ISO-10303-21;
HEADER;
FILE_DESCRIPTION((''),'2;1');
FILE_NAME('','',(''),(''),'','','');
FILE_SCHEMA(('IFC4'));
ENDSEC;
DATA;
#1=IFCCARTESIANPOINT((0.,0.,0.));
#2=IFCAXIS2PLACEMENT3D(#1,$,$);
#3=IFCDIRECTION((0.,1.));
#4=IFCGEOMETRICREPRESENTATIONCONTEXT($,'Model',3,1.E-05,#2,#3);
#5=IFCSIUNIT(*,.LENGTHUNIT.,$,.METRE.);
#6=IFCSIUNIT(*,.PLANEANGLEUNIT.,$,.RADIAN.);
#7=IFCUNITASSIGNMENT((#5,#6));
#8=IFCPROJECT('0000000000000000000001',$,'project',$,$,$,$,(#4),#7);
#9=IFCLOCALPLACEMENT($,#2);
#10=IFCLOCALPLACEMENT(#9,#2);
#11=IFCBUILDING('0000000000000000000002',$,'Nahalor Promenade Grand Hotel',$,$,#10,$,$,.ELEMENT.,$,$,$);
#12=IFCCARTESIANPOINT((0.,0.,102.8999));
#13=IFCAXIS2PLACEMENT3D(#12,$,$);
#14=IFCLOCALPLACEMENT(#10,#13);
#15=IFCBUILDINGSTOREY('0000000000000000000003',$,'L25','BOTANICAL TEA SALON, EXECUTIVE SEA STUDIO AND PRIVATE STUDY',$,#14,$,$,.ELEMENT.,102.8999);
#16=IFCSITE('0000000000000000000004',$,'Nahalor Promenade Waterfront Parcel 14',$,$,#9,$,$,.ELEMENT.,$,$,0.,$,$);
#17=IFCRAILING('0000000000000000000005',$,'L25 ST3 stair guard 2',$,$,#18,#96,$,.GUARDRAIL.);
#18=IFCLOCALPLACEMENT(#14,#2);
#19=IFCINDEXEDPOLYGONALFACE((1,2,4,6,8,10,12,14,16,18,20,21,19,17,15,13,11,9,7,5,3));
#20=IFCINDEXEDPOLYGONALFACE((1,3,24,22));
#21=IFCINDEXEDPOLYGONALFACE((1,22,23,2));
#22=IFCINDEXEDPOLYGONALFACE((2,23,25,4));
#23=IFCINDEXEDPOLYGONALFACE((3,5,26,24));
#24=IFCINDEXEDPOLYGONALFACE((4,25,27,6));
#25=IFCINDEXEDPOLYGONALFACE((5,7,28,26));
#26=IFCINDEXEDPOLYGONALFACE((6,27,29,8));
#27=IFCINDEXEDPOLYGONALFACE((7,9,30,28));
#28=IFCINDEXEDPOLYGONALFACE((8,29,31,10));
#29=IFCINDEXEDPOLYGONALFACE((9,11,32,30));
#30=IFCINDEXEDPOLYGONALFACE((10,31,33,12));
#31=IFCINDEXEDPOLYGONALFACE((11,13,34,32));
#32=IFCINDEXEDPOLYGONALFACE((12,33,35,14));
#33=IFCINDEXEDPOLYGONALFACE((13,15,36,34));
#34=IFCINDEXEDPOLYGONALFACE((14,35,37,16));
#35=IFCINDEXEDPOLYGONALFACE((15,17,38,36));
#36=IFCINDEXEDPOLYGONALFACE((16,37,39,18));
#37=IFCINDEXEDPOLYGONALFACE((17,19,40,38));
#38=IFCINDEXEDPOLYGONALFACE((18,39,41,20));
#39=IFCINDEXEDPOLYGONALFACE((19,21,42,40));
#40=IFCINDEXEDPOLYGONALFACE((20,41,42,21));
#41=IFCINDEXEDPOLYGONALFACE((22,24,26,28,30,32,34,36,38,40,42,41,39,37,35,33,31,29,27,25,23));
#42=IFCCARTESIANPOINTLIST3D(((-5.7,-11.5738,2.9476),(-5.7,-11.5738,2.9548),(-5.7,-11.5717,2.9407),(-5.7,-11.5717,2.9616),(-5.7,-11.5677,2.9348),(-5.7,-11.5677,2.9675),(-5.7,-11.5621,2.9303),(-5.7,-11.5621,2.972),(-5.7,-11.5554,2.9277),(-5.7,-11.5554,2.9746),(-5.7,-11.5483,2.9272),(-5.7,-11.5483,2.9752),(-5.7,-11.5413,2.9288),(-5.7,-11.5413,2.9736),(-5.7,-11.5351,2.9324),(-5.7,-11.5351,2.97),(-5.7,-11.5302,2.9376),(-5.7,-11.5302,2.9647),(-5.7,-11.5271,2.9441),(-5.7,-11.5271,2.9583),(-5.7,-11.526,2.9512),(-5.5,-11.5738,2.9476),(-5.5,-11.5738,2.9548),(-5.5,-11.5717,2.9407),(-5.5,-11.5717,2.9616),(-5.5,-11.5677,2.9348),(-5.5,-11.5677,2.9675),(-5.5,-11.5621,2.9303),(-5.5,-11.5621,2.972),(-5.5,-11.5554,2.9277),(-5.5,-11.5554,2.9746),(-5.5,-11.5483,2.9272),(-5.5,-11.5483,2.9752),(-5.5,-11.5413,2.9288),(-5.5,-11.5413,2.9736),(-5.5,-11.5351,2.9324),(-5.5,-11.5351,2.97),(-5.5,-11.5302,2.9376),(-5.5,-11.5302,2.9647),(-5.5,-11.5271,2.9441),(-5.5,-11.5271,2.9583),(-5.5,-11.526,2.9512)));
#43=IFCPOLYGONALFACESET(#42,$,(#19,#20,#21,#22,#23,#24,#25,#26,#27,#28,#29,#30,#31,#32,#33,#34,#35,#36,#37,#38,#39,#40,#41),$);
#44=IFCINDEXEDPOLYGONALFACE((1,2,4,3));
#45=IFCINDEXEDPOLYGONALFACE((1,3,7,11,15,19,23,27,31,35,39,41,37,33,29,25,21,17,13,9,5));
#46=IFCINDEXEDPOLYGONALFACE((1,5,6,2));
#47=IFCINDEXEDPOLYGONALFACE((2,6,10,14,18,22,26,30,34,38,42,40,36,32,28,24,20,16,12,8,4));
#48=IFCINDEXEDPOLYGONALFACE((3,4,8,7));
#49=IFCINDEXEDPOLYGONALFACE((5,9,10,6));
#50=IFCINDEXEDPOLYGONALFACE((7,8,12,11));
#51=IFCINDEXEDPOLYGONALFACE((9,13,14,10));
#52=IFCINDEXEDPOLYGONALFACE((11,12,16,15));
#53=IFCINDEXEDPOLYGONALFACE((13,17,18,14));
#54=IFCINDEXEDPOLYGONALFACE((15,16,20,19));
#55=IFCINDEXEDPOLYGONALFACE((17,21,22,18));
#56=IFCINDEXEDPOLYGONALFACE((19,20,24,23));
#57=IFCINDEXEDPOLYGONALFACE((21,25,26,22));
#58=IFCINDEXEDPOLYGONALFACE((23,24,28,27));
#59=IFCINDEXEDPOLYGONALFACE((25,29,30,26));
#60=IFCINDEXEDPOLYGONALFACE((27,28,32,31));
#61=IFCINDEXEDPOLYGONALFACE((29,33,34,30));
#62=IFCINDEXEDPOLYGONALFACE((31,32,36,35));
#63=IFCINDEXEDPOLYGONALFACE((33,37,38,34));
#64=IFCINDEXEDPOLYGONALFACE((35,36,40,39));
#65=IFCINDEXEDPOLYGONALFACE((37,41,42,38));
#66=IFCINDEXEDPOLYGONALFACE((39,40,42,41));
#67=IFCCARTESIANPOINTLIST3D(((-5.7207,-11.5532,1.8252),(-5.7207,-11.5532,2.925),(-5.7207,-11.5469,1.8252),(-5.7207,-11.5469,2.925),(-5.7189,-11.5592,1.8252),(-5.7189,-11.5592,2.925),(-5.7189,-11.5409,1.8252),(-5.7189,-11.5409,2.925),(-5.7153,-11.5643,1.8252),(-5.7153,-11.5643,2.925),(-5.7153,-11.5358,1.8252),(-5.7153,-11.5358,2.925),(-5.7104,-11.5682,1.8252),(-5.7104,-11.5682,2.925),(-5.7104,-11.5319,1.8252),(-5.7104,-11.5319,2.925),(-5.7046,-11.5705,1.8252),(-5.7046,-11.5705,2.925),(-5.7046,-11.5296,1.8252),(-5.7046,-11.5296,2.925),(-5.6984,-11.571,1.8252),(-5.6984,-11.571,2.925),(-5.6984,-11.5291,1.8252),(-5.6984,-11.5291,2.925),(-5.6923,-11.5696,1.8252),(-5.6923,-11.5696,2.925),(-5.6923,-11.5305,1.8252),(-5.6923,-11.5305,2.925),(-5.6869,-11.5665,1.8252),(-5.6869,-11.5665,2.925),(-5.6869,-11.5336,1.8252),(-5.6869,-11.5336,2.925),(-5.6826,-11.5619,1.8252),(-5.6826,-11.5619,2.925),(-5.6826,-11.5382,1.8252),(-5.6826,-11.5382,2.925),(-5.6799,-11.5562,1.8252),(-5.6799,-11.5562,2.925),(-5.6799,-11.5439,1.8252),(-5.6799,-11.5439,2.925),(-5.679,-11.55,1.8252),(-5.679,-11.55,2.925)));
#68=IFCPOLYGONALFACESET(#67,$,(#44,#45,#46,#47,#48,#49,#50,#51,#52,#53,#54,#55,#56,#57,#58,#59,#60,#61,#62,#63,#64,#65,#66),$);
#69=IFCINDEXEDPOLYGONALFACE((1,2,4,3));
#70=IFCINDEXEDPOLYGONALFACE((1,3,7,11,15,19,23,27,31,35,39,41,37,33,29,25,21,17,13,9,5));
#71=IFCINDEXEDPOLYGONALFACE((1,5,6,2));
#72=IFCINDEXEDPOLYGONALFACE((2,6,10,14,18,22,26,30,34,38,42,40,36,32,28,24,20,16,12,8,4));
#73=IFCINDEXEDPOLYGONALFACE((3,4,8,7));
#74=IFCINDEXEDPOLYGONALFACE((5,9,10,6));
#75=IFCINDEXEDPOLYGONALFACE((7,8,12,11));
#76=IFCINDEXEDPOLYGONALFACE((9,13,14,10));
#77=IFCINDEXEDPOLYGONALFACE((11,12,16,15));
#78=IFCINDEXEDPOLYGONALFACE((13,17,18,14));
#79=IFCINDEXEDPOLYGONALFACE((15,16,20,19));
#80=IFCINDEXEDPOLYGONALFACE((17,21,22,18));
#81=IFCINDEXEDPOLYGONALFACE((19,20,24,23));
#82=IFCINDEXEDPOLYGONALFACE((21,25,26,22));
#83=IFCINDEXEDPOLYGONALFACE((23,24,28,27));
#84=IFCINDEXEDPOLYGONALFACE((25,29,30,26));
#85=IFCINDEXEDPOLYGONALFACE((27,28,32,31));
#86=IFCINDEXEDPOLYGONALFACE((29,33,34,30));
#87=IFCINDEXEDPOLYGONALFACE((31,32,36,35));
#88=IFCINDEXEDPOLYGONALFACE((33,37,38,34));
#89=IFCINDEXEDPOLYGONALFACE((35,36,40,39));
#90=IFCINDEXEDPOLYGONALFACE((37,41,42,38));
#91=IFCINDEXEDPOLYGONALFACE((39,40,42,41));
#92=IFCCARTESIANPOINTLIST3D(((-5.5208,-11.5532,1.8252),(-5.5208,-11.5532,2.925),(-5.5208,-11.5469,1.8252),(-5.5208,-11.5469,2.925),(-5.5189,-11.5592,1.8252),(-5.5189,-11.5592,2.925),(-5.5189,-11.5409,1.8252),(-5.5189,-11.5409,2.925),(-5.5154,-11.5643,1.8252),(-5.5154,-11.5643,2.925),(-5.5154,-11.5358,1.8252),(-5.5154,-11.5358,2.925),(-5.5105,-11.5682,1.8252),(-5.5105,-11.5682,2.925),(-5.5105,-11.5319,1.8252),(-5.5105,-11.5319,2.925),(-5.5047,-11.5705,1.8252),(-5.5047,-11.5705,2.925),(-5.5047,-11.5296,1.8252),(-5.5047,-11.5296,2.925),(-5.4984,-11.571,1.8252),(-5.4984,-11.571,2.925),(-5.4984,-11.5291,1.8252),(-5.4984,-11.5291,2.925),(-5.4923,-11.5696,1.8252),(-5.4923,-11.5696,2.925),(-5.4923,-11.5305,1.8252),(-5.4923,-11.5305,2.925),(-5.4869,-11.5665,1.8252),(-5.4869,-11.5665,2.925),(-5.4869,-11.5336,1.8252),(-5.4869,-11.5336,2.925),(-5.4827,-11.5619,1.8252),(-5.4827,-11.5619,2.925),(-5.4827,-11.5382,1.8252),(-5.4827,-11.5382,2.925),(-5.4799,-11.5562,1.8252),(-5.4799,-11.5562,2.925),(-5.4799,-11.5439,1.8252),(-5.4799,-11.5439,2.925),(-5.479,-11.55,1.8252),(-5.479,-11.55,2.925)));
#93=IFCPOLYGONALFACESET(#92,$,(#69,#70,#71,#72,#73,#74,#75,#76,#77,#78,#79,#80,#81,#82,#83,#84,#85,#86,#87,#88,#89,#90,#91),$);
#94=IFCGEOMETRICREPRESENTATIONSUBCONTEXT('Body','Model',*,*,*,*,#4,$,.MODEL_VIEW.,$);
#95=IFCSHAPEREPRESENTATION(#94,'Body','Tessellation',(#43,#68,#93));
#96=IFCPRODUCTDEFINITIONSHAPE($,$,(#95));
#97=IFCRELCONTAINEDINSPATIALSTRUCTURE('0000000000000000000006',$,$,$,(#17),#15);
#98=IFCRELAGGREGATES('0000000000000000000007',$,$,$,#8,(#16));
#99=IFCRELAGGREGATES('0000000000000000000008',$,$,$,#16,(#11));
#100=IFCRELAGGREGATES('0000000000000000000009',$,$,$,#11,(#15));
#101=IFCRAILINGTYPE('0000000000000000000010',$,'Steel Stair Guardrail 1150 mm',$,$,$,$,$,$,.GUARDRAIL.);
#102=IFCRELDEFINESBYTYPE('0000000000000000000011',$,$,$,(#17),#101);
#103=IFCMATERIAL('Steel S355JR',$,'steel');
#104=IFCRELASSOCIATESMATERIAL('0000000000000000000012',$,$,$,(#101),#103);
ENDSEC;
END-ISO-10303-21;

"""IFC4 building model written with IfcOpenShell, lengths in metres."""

from ifc_helpers import new_model, si_unit, direction, frame, origin, origin_2d, place, context, subcontext, project, spatial, circle, extrude, material, type_object, element, save


model = new_model("IFC4")

# Units and contexts
model_context = context("Model", 3, precision=1e-05, world=origin(), true_north=direction((0.0, 1.0)))
body_context = subcontext(model_context, "Body", "Model", "MODEL_VIEW")
ifc_project = project(units=[si_unit("LENGTHUNIT", "METRE"), si_unit("PLANEANGLEUNIT", "RADIAN")], contexts=[model_context])

# Site, building, storey
site_placement = place(None, origin())
site = spatial("IfcSite", under=ifc_project, at=site_placement, Name="Nahalor Promenade Waterfront Parcel 14", CompositionType="ELEMENT", RefElevation=0.0)
building_placement = place(site_placement, origin())
building = spatial("IfcBuilding", under=site, at=building_placement, Name="Nahalor Promenade Grand Hotel", CompositionType="ELEMENT")
storey_placement = place(building_placement, frame((0.0, 0.0, 102.8999)))
storey = spatial("IfcBuildingStorey", under=building, at=storey_placement, Name="L25", Description="BOTANICAL TEA SALON, EXECUTIVE SEA STUDIO AND PRIVATE STUDY", CompositionType="ELEMENT", Elevation=102.8999)

# Shared definitions
ifc_material_1 = material(Name="Steel S355JR", Category="steel")

# Railing
railing_type_1 = type_object("IfcRailingType", Name="Steel Stair Guardrail 1150 mm", PredefinedType="GUARDRAIL", material=ifc_material_1)
railing_1_placement = place(storey_placement, frame((-5.7, -11.55, 1.8252)))
element("IfcRailing", 1, at=railing_1_placement, inside=storey, type_object=railing_type_1, Name="L25 ST3 stair guard 2", PredefinedType="GUARDRAIL", context=body_context, shape_type="SweptSolid", body=[
    extrude(circle(Radius=0.024, at=origin_2d()), frame((0.0, 0.0, 1.126), z_axis=(1.0, 0.0, 0.0), x_axis=(0.0, 1.0, 0.0)), (0.0, 0.0, 1.0), 0.2),
    extrude(circle(Radius=0.021, at=origin_2d()), origin(), (0.0, 0.0, 1.0), 1.0999),
    extrude(circle(Radius=0.021, at=origin_2d()), frame((0.2, 0.0, 0.0)), (0.0, 0.0, 1.0), 1.0999),
])

save(model, "model.ifc")
